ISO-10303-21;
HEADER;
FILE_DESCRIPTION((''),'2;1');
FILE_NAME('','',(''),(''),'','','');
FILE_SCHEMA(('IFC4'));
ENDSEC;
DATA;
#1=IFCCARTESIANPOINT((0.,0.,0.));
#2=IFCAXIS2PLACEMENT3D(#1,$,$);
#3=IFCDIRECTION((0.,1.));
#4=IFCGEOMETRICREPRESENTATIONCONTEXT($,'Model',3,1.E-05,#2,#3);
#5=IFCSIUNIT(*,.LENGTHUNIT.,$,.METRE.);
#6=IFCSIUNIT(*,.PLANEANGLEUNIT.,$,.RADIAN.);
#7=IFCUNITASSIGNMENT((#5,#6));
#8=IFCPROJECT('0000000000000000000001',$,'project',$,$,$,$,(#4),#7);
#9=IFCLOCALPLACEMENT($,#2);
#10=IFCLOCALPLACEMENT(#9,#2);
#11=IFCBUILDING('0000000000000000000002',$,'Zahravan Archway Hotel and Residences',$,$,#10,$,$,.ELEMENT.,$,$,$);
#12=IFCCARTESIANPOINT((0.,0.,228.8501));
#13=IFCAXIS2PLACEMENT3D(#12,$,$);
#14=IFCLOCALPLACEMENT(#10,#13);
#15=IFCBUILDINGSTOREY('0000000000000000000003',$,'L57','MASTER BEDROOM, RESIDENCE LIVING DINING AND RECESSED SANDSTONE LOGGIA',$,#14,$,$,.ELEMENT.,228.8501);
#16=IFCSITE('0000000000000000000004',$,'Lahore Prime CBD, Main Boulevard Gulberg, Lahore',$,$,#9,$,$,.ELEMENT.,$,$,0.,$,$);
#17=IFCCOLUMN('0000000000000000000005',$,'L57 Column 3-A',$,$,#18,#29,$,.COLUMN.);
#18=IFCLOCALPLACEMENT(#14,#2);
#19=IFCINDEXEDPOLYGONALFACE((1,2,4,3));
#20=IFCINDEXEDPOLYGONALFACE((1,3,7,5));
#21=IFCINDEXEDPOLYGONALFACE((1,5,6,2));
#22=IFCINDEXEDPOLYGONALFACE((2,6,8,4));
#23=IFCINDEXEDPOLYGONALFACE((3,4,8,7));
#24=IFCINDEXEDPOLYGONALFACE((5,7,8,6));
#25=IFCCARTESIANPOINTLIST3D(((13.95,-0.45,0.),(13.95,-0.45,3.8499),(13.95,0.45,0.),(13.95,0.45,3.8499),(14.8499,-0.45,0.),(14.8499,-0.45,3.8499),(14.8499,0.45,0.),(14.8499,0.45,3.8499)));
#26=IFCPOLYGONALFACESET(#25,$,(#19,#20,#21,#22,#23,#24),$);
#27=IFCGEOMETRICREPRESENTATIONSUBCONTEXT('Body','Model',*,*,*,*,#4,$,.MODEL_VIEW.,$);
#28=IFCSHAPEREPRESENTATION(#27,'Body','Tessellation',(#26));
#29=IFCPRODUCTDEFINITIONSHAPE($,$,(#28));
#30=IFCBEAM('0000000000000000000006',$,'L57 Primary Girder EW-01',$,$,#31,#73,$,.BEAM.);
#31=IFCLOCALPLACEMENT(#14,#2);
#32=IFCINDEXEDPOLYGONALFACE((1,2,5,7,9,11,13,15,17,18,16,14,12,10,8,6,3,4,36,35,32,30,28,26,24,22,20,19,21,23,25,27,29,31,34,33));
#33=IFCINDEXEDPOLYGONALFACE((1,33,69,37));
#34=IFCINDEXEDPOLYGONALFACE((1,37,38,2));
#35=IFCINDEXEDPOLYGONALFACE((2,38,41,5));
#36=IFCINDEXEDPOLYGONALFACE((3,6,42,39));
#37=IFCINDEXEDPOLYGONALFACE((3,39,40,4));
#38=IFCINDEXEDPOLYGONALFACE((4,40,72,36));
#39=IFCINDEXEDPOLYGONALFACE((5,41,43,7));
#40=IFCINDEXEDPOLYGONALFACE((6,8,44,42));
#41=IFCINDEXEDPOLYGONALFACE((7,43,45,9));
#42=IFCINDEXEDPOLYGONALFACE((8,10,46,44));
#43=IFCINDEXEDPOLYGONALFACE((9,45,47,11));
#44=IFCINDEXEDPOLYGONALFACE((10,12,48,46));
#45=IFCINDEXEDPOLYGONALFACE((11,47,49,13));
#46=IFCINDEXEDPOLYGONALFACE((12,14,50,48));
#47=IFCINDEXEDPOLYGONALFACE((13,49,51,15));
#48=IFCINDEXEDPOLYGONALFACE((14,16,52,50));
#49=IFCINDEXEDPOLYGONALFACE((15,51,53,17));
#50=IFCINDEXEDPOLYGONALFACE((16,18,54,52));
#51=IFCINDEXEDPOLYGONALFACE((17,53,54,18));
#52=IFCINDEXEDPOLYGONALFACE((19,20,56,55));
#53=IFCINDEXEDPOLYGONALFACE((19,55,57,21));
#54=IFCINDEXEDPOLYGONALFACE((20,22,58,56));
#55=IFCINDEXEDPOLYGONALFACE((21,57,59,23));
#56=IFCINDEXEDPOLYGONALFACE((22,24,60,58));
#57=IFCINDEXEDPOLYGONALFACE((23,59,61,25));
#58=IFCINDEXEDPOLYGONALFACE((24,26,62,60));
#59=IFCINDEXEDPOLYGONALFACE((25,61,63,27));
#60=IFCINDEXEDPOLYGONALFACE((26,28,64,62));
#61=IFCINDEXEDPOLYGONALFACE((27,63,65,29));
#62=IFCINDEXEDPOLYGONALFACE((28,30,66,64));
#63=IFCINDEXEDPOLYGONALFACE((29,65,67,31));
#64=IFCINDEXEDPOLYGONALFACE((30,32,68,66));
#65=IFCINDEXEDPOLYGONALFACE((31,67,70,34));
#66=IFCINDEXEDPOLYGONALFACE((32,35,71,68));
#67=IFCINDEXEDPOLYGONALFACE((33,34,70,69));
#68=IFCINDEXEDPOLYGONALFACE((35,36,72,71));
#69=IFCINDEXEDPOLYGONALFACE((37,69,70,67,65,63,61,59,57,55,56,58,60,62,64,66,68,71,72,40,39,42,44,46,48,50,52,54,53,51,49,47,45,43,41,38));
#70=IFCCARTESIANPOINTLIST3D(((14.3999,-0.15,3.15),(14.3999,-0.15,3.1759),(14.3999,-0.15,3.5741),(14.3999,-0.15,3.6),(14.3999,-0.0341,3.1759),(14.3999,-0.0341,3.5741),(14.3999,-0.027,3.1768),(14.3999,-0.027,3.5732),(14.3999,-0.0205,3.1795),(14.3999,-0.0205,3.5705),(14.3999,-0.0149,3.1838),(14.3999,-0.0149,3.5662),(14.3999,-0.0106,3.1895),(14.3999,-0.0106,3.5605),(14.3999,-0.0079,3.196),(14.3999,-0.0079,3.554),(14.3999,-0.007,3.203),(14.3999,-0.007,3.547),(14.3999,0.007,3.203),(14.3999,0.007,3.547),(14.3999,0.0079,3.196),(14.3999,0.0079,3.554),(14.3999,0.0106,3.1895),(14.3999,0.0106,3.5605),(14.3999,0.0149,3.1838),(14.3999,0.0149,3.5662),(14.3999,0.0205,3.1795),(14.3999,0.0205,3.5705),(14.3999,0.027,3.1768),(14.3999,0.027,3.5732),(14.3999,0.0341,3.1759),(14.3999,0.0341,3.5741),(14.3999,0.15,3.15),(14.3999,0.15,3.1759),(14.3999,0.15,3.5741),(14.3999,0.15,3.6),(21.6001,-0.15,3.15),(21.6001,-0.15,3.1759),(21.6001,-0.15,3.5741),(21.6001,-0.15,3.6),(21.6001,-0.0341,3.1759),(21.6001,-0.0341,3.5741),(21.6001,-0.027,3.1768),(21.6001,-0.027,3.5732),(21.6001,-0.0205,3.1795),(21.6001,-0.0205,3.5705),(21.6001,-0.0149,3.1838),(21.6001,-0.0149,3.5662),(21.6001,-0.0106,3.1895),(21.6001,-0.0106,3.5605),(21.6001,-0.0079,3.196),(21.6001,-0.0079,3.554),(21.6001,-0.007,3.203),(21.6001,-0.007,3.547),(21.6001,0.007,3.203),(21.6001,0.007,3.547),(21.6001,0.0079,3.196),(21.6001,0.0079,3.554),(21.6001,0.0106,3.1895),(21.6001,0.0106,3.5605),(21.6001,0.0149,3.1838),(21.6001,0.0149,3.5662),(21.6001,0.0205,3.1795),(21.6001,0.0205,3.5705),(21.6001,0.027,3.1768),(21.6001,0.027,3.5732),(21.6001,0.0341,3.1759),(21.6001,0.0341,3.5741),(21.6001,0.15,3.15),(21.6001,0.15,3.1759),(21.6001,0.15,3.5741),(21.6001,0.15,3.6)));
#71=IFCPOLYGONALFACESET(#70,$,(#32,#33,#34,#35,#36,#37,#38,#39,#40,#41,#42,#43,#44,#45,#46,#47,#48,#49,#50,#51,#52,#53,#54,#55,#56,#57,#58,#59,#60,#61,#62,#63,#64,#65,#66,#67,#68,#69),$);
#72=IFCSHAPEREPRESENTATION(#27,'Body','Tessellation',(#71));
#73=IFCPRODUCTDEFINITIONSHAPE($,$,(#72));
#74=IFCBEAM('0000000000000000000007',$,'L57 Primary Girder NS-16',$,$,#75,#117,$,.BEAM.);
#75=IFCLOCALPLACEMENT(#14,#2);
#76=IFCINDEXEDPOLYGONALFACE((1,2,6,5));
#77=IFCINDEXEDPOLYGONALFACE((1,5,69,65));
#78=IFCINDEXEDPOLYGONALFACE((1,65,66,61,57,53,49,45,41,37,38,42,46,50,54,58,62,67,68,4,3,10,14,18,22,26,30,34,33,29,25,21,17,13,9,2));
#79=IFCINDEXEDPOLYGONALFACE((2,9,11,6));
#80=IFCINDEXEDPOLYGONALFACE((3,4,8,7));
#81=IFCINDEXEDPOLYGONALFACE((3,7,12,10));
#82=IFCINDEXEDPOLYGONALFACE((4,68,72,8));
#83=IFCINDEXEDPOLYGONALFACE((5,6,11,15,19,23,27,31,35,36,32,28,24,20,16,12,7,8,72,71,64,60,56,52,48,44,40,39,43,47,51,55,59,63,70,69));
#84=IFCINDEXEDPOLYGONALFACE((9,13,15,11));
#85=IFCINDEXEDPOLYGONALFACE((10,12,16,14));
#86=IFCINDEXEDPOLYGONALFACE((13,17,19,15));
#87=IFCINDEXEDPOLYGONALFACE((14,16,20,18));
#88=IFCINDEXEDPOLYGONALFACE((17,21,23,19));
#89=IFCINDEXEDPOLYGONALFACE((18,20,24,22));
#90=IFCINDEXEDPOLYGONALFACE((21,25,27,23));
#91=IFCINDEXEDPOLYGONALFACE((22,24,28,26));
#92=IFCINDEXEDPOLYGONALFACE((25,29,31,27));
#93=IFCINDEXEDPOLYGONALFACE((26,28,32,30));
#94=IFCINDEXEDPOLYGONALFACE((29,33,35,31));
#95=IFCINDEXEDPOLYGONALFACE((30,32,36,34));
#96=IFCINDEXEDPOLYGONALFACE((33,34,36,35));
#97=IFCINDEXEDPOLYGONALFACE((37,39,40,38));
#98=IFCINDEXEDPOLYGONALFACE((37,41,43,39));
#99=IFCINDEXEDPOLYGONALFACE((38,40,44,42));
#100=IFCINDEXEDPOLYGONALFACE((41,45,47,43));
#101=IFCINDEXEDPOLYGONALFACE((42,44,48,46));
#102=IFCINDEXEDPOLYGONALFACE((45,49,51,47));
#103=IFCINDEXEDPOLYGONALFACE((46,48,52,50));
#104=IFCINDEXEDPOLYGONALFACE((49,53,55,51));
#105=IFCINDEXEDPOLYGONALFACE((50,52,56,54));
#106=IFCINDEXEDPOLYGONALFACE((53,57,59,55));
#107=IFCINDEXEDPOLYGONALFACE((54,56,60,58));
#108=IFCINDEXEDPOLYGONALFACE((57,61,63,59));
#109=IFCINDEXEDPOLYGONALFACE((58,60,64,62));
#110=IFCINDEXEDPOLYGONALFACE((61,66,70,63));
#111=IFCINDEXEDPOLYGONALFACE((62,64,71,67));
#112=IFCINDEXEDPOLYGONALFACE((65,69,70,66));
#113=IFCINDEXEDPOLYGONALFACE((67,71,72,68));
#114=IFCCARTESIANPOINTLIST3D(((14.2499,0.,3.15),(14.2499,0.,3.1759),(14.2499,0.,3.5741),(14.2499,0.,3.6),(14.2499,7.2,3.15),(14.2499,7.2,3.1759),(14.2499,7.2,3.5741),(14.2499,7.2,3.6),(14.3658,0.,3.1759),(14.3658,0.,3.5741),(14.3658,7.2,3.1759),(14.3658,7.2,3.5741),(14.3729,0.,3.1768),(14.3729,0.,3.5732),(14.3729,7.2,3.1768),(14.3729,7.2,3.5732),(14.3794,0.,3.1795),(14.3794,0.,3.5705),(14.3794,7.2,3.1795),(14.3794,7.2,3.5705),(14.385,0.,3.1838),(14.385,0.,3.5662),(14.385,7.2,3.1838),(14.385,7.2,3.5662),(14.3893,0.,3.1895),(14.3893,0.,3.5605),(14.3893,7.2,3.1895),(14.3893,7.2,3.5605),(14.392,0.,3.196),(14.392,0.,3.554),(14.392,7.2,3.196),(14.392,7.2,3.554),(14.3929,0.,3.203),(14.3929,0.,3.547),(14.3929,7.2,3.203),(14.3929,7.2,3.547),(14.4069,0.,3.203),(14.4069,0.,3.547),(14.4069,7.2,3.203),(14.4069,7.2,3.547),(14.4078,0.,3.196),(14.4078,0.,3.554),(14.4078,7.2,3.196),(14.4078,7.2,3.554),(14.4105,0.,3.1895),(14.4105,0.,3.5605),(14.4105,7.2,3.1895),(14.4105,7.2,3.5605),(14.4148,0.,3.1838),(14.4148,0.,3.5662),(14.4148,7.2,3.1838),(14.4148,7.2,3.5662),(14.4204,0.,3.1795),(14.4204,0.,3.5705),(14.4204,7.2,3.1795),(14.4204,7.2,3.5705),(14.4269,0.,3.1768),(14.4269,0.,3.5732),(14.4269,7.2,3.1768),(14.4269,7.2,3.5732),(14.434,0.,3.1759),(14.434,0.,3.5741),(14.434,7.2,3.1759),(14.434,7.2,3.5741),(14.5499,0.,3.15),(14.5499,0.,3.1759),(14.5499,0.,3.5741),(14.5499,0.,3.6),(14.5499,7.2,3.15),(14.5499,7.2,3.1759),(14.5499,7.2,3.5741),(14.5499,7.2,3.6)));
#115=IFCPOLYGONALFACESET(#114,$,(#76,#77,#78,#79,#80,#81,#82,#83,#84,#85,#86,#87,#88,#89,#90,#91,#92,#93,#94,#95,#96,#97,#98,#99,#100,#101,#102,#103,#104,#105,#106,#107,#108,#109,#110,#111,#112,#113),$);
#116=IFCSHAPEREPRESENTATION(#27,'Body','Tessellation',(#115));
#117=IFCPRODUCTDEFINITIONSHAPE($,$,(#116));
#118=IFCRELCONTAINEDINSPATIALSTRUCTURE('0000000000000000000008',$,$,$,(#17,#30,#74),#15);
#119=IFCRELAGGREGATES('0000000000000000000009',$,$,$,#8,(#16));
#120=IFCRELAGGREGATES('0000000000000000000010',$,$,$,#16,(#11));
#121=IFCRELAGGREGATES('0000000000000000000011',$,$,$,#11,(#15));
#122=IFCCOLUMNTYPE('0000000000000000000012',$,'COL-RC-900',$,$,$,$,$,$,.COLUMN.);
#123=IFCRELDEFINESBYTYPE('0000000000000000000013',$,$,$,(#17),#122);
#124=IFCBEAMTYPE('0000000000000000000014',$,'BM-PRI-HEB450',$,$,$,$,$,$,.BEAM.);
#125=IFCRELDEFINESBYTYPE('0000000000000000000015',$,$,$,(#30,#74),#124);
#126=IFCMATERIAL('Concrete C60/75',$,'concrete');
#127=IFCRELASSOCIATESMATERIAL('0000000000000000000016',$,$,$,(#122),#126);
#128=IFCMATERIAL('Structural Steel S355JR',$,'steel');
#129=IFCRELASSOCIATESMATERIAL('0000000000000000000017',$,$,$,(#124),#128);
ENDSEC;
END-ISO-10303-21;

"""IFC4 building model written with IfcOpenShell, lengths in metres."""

from ifc_helpers import new_model, si_unit, direction, frame, origin, origin_2d, place, context, subcontext, project, spatial, rectangle, i_section, extrude, source, transform, mapped, material, material_profile, profile_set, type_object, type_shapes, element, save


model = new_model("IFC4")

# Units and contexts
model_context = context("Model", 3, precision=1e-05, world=origin(), true_north=direction((0.0, 1.0)))
body_context = subcontext(model_context, "Body", "Model", "MODEL_VIEW")
ifc_project = project(units=[si_unit("LENGTHUNIT", "METRE"), si_unit("PLANEANGLEUNIT", "RADIAN")], contexts=[model_context])

# Site, building, storey
site_placement = place(None, origin())
site = spatial("IfcSite", under=ifc_project, at=site_placement, Name="Lahore Prime CBD, Main Boulevard Gulberg, Lahore", CompositionType="ELEMENT", RefElevation=0.0)
building_placement = place(site_placement, origin())
building = spatial("IfcBuilding", under=site, at=building_placement, Name="Zahravan Archway Hotel and Residences", CompositionType="ELEMENT")
storey_placement = place(building_placement, frame((0.0, 0.0, 228.8501)))
storey = spatial("IfcBuildingStorey", under=building, at=storey_placement, Name="L57", Description="MASTER BEDROOM, RESIDENCE LIVING DINING AND RECESSED SANDSTONE LOGGIA", CompositionType="ELEMENT", Elevation=228.8501)

# Column
ifc_material_1 = material(Name="Concrete C60/75", Category="concrete")
ifc_material_profile_1 = material_profile(ifc_material_1, rectangle(XDim=0.8999, YDim=0.8999, at=origin_2d()), Name="RC-COL-900x900", Category="concrete")
ifc_profile_set_1 = profile_set([ifc_material_profile_1], Name="Concrete C60/75")
column_type = type_object("IfcColumnType", Name="COL-RC-900", PredefinedType="COLUMN", material=ifc_profile_set_1)
shared_shape_1 = source(origin(), body_context, "Body", "SweptSolid", [
    extrude(rectangle(XDim=0.8999, YDim=0.8999, at=origin_2d()), origin(), (0.0, 0.0, 1.0), 3.8499),
])
column_placement = place(storey_placement, frame((14.3999, 0.0, 0.0), z_axis=(0.0, 0.0, 1.0), x_axis=(1.0, 0.0, 0.0)))
element("IfcColumn", 1, at=column_placement, inside=storey, type_object=column_type, Name="L57 Column 3-A", PredefinedType="COLUMN", context=body_context, shape_type="MappedRepresentation", body=[
    mapped(shared_shape_1, transform((0.0, 0.0, 0.0), scale=1.0)),
])

# Beams
ifc_material_2 = material(Name="Structural Steel S355JR", Category="steel")
ifc_material_profile_2 = material_profile(ifc_material_2, i_section(OverallWidth=0.3, OverallDepth=0.45, WebThickness=0.0139, FlangeThickness=0.0259, FilletRadius=0.0271, at=origin_2d()), Name="HEB 450", Category="steel")
ifc_profile_set_2 = profile_set([ifc_material_profile_2], Name="Structural Steel S355JR")
beam_type = type_object("IfcBeamType", Name="BM-PRI-HEB450", PredefinedType="BEAM", material=ifc_profile_set_2)
shared_shape_2 = source(origin(), body_context, "Body", "SweptSolid", [
    extrude(i_section(OverallWidth=0.3, OverallDepth=0.45, WebThickness=0.0139, FlangeThickness=0.0259, FilletRadius=0.0271, at=origin_2d()), origin(), (0.0, 0.0, 1.0), 7.2002),
])
type_shapes(beam_type, [shared_shape_2])
beam_1_placement = place(storey_placement, frame((14.3999, 0.0, 3.375), z_axis=(1.0, 0.0, 0.0), x_axis=(0.0, 1.0, 0.0)))
element("IfcBeam", 2, at=beam_1_placement, inside=storey, type_object=beam_type, Name="L57 Primary Girder EW-01", PredefinedType="BEAM", context=body_context, shape_type="MappedRepresentation", body=[
    mapped(shared_shape_2, transform((0.0, 0.0, 0.0), scale=1.0)),
])
shared_shape_3 = source(origin(), body_context, "Body", "SweptSolid", [
    extrude(i_section(OverallWidth=0.3, OverallDepth=0.45, WebThickness=0.0139, FlangeThickness=0.0259, FilletRadius=0.0271, at=origin_2d()), origin(), (0.0, 0.0, 1.0), 7.2),
])
beam_2_placement = place(storey_placement, frame((14.3999, 0.0, 3.375), z_axis=(0.0, 1.0, 0.0), x_axis=(-1.0, 0.0, 0.0)))
element("IfcBeam", 3, at=beam_2_placement, inside=storey, type_object=beam_type, Name="L57 Primary Girder NS-16", PredefinedType="BEAM", context=body_context, shape_type="MappedRepresentation", body=[
    mapped(shared_shape_3, transform((0.0, 0.0, 0.0), scale=1.0)),
])

save(model, "model.ifc")
